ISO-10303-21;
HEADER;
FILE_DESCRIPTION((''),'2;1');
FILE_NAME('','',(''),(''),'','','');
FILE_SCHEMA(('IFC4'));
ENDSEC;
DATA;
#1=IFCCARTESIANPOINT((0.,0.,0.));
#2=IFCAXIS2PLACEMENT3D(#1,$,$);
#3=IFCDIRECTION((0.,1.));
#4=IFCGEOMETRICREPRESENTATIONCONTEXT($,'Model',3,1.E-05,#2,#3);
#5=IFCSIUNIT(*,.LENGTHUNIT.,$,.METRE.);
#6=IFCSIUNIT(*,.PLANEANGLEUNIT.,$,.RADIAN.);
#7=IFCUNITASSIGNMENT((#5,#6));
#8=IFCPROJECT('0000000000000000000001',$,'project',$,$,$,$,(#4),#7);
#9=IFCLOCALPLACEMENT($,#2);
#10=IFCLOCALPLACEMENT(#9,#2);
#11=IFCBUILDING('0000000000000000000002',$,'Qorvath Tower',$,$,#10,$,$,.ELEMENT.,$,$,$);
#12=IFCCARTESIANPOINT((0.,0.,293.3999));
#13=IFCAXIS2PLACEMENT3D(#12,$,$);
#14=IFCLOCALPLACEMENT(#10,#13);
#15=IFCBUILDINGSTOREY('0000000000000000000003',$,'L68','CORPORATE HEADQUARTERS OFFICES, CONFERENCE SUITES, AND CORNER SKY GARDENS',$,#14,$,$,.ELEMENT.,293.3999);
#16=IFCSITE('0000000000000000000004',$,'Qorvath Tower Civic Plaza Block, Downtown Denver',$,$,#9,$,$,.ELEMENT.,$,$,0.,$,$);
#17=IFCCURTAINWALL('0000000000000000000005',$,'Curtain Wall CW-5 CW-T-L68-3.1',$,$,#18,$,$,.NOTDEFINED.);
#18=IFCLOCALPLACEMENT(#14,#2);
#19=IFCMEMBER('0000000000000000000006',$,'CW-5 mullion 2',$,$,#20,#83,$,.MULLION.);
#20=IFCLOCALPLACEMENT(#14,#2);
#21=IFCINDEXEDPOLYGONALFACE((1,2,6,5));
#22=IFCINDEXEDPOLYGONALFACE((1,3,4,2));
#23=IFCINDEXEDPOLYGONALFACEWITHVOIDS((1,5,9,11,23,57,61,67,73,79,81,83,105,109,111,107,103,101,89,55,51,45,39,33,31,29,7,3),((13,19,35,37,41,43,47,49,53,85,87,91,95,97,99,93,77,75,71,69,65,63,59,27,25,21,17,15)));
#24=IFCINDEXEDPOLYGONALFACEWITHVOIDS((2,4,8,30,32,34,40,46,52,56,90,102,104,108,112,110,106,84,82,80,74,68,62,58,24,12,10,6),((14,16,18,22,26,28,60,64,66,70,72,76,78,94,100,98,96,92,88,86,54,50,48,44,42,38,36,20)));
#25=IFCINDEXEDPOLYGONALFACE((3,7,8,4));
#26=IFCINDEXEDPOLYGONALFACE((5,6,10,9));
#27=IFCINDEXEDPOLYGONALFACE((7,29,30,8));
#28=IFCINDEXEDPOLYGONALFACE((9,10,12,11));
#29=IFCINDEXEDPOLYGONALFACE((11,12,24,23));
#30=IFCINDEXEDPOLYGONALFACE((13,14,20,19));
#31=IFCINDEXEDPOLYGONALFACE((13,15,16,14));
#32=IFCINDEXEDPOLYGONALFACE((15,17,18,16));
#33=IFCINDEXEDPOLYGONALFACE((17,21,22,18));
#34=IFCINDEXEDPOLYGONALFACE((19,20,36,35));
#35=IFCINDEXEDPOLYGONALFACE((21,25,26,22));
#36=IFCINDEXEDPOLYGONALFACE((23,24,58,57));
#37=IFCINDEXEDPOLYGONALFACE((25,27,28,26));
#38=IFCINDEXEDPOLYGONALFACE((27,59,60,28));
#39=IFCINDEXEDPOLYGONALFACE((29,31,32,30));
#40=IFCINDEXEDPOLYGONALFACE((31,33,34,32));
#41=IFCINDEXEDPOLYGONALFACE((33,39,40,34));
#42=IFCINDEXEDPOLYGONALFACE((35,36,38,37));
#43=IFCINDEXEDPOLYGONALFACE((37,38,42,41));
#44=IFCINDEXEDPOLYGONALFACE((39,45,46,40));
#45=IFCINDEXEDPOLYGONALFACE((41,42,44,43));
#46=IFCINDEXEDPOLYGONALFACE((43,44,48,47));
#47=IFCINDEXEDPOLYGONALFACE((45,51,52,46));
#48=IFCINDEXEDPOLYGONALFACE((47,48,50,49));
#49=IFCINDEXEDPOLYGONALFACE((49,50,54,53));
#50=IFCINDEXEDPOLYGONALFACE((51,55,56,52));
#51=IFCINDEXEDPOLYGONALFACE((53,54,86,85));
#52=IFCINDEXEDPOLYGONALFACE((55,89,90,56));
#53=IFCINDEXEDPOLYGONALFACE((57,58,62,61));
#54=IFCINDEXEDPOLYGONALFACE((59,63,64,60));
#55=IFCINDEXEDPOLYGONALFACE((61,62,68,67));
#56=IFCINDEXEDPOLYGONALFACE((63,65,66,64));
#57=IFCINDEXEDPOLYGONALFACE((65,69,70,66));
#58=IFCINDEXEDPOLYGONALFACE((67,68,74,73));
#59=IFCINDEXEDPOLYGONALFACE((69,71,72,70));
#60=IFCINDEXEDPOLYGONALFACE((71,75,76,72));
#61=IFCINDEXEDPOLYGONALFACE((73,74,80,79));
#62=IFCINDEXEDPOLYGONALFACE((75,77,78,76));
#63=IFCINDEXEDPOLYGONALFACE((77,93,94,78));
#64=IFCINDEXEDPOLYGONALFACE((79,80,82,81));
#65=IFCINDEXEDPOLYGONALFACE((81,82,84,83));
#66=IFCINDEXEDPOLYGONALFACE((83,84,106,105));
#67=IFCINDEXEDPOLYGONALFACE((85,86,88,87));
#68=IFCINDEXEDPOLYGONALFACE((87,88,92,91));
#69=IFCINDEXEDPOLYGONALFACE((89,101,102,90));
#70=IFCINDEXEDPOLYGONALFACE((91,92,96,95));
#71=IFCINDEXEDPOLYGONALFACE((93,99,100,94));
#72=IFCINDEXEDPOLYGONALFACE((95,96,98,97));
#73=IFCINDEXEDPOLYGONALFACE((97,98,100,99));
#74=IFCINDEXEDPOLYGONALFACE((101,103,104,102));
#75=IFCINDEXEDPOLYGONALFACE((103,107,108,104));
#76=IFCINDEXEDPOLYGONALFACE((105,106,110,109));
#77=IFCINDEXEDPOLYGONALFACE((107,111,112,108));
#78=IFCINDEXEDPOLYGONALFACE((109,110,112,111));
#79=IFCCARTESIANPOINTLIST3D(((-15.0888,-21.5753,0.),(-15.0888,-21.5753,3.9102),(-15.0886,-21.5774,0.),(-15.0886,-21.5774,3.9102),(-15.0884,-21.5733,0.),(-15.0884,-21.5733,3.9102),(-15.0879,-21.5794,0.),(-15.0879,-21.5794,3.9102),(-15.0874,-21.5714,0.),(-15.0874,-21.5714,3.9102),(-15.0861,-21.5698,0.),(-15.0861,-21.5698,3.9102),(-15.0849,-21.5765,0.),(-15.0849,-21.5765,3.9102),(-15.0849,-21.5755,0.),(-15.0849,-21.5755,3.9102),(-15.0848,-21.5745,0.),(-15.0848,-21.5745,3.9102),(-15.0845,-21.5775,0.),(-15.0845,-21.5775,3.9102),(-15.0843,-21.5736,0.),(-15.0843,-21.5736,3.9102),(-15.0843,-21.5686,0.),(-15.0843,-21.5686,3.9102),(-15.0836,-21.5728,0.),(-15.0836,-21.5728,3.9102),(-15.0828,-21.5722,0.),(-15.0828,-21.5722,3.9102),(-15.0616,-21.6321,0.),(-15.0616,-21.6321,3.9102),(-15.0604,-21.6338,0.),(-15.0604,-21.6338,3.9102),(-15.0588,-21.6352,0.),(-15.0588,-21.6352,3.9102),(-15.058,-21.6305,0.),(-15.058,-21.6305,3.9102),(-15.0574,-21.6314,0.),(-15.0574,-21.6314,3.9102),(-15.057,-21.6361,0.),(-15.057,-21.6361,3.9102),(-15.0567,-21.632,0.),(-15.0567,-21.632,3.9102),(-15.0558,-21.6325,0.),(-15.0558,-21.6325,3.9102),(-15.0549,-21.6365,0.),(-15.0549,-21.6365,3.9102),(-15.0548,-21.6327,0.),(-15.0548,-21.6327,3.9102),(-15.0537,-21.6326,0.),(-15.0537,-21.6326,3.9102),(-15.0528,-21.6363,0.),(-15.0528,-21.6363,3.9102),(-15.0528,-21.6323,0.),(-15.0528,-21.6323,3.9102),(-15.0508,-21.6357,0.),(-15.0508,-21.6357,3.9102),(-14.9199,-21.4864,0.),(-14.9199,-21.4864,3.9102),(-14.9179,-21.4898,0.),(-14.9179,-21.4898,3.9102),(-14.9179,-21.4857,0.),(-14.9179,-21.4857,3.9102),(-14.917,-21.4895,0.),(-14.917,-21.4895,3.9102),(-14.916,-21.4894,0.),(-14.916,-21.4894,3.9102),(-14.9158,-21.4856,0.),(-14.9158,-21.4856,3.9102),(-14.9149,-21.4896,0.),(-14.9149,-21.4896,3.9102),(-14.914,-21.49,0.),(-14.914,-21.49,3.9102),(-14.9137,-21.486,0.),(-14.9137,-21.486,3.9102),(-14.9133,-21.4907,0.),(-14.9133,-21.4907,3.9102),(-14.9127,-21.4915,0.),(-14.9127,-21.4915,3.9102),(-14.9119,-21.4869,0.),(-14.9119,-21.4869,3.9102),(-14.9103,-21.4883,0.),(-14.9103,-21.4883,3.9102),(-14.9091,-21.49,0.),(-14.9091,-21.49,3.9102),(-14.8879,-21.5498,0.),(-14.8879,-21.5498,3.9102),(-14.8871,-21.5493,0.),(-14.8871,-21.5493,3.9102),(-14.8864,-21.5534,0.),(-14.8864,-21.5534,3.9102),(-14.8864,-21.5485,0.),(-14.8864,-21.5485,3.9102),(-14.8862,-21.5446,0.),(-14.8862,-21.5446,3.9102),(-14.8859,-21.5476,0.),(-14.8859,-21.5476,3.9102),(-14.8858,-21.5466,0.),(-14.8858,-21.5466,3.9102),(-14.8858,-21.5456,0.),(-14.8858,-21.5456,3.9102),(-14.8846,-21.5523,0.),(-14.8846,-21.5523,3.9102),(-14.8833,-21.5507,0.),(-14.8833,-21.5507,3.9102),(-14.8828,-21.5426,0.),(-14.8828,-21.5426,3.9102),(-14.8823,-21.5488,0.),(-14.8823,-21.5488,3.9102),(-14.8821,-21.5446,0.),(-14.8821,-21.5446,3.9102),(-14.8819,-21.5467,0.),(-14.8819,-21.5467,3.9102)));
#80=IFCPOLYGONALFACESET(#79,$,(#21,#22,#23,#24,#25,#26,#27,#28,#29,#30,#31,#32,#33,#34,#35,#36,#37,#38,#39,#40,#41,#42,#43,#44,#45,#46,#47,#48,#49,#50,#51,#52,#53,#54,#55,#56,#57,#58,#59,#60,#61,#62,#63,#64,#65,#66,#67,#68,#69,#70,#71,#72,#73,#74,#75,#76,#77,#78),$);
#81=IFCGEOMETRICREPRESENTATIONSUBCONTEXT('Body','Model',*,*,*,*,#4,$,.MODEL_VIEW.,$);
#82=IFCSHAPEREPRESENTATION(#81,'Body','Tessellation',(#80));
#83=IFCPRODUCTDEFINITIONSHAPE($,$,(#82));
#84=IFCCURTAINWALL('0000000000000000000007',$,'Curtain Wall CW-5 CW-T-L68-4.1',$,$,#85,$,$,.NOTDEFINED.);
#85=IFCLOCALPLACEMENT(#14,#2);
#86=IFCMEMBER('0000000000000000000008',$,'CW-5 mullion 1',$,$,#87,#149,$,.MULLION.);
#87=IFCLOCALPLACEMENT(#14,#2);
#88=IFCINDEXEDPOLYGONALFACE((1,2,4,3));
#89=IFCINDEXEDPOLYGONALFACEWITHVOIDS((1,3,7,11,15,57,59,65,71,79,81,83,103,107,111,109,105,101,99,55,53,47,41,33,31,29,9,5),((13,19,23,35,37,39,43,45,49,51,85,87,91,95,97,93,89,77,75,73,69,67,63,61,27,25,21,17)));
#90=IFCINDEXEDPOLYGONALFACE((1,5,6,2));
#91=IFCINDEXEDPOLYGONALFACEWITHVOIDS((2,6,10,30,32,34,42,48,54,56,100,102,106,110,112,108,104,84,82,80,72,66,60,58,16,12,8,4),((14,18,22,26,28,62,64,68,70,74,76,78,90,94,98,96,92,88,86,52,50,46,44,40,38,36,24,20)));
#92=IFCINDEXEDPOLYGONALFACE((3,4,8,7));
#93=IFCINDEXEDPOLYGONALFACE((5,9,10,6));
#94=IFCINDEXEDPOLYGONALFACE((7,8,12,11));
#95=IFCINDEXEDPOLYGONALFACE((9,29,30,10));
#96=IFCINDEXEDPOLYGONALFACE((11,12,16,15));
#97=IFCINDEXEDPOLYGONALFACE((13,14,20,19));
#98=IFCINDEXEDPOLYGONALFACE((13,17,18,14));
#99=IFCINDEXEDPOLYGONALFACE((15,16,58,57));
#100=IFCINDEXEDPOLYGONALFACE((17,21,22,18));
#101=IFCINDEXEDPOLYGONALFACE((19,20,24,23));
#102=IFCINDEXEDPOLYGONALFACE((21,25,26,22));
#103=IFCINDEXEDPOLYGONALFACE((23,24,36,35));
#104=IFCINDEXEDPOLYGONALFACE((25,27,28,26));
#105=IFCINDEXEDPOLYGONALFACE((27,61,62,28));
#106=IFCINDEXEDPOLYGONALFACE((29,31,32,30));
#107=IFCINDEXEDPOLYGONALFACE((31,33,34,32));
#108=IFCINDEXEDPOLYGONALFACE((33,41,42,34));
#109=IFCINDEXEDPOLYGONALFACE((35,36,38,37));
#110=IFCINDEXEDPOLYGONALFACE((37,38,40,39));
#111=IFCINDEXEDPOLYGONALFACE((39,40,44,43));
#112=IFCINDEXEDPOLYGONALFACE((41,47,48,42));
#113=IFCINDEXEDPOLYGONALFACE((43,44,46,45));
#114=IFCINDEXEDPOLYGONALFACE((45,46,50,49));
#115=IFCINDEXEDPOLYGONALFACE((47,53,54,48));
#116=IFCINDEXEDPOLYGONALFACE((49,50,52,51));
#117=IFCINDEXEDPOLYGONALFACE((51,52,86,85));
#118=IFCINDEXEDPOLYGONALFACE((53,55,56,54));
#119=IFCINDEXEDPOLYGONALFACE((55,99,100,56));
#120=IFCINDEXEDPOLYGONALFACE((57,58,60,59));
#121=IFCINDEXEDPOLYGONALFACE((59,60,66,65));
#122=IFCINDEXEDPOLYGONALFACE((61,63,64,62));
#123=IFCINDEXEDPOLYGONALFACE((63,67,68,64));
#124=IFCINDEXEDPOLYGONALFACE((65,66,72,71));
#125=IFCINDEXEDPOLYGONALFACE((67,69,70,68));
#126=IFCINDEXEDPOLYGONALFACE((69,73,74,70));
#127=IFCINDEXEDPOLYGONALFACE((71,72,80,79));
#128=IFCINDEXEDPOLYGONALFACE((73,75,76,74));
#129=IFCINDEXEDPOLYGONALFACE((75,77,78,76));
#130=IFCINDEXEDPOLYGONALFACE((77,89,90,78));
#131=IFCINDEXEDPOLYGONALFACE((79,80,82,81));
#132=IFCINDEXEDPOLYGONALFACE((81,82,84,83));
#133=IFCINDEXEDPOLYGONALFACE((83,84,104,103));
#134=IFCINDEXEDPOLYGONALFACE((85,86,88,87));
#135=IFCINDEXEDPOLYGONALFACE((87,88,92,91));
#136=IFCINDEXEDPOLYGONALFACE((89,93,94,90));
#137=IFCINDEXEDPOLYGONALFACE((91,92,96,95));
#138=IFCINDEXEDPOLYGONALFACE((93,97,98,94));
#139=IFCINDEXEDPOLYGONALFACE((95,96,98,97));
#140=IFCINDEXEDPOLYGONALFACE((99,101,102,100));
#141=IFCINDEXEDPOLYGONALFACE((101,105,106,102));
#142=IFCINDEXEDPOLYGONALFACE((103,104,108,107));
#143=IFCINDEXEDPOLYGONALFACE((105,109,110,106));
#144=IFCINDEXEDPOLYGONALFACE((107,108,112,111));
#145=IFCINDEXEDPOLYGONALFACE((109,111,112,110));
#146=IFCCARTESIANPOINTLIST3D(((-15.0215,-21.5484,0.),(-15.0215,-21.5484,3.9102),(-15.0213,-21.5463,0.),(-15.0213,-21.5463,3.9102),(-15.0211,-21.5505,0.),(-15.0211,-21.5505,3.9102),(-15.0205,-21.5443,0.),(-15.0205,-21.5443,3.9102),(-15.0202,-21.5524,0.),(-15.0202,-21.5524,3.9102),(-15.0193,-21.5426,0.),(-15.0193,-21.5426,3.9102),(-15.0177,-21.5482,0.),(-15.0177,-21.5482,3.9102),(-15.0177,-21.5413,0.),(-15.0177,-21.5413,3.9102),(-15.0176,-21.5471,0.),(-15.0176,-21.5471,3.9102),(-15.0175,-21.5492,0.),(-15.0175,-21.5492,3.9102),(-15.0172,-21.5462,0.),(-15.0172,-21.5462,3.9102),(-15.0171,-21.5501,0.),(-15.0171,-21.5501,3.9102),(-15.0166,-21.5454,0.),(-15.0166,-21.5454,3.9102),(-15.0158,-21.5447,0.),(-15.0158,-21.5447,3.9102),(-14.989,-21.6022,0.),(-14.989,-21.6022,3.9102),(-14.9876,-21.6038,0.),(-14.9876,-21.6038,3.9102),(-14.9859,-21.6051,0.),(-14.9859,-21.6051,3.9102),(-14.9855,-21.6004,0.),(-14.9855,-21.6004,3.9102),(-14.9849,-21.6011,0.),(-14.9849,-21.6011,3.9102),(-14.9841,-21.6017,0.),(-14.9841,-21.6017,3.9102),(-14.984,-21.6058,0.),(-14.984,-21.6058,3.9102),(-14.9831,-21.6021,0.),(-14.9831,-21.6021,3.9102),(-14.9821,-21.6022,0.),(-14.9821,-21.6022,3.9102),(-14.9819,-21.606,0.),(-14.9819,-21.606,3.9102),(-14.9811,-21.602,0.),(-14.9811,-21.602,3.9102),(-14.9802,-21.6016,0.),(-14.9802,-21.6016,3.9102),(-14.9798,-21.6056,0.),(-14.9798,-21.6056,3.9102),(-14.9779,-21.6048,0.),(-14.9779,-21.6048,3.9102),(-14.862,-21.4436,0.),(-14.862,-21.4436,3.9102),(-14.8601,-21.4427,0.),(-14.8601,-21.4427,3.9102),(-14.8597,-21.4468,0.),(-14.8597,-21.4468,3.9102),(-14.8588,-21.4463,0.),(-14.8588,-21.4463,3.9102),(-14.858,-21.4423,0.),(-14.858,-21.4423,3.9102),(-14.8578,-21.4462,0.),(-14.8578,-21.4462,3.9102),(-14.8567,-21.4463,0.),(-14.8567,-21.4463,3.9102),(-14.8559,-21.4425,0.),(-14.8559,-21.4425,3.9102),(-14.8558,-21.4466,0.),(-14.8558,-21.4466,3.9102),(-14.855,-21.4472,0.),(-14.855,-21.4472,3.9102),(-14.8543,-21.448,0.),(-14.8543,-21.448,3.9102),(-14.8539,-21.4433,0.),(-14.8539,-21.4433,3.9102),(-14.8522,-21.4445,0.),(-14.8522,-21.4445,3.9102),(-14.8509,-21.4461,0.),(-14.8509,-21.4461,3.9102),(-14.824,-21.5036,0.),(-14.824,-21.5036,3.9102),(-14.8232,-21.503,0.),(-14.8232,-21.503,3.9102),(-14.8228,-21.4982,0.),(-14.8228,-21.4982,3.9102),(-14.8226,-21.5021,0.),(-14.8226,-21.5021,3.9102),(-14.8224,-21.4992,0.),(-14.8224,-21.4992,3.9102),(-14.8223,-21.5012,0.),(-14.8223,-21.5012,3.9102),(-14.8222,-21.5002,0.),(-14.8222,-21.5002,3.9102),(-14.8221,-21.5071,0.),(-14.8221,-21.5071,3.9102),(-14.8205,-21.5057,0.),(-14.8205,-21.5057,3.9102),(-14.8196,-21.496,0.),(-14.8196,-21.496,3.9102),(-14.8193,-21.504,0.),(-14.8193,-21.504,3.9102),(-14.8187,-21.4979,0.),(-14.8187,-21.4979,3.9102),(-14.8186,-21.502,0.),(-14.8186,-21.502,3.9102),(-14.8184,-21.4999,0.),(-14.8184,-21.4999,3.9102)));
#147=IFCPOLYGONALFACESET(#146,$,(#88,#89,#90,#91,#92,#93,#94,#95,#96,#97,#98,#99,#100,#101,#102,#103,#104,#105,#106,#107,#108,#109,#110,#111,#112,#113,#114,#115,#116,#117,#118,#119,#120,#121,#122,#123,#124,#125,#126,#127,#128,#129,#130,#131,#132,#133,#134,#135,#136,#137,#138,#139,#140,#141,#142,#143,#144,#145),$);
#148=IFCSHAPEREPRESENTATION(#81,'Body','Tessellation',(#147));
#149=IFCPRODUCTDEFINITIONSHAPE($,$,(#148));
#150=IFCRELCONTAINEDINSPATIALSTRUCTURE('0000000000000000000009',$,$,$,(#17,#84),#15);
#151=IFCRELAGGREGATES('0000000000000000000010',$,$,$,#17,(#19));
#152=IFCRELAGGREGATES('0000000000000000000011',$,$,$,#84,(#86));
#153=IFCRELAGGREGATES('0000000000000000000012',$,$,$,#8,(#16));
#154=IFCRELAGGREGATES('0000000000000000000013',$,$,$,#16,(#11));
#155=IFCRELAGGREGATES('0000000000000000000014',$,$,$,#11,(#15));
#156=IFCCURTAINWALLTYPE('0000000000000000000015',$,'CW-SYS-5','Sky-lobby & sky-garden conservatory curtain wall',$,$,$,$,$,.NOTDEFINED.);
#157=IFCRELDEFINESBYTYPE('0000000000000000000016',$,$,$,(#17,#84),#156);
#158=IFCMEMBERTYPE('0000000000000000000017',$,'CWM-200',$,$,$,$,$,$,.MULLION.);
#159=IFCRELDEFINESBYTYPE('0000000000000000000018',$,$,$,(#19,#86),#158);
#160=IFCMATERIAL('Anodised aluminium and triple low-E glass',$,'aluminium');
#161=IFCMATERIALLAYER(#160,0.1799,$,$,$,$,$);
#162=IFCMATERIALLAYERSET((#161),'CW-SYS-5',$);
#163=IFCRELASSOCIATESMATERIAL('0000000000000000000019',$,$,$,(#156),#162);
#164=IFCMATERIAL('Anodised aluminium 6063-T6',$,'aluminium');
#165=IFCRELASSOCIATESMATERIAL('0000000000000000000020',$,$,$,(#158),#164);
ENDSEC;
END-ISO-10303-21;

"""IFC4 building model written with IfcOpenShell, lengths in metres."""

from ifc_helpers import new_model, si_unit, direction, frame, origin, origin_2d, place, context, subcontext, project, spatial, hollow_rectangle, extrude, material, layer, layer_set, material_profile, profile_set, type_object, element, aggregate, save


model = new_model("IFC4")

# Units and contexts
model_context = context("Model", 3, precision=1e-05, world=origin(), true_north=direction((0.0, 1.0)))
body_context = subcontext(model_context, "Body", "Model", "MODEL_VIEW")
ifc_project = project(units=[si_unit("LENGTHUNIT", "METRE"), si_unit("PLANEANGLEUNIT", "RADIAN")], contexts=[model_context])

# Site, building, storey
site_placement = place(None, origin())
site = spatial("IfcSite", under=ifc_project, at=site_placement, Name="Qorvath Tower Civic Plaza Block, Downtown Denver", CompositionType="ELEMENT", RefElevation=0.0)
building_placement = place(site_placement, origin())
building = spatial("IfcBuilding", under=site, at=building_placement, Name="Qorvath Tower", CompositionType="ELEMENT")
storey_placement = place(building_placement, frame((0.0, 0.0, 293.3999)))
storey = spatial("IfcBuildingStorey", under=building, at=storey_placement, Name="L68", Description="CORPORATE HEADQUARTERS OFFICES, CONFERENCE SUITES, AND CORNER SKY GARDENS", CompositionType="ELEMENT", Elevation=293.3999)

# Curtain wall, member
ifc_material_1 = material(Name="Anodised aluminium and triple low-E glass", Category="aluminium")
ifc_layer_1 = layer(ifc_material_1, 0.1799)
ifc_layer_set_1 = layer_set([ifc_layer_1], Name="CW-SYS-5")
curtain_wall_type = type_object("IfcCurtainWallType", Name="CW-SYS-5", Description="Sky-lobby & sky-garden conservatory curtain wall", PredefinedType="NOTDEFINED", material=ifc_layer_set_1)
curtain_wall_1_placement = place(storey_placement, origin())
curtain_wall_1 = element("IfcCurtainWall", 1, at=curtain_wall_1_placement, inside=storey, type_object=curtain_wall_type, Name="Curtain Wall CW-5 CW-T-L68-3.1", PredefinedType="NOTDEFINED")
ifc_material_2 = material(Name="Anodised aluminium 6063-T6", Category="aluminium")
ifc_material_profile_1 = material_profile(ifc_material_2, hollow_rectangle(XDim=0.075, YDim=0.2, WallThickness=0.0039, InnerFilletRadius=0.0039, OuterFilletRadius=0.0081, at=origin_2d()), Name="CWM 200x75")
ifc_profile_set_1 = profile_set([ifc_material_profile_1], Name="Anodised aluminium 6063-T6")
member_type_1 = type_object("IfcMemberType", Name="CWM-200", PredefinedType="MULLION", material=ifc_profile_set_1)
member_1_placement = place(storey_placement, frame((-14.9854, -21.561, 0.0), z_axis=(0.0, 0.0, 1.0), x_axis=(-0.447214, 0.894427, 0.0)))
member_1 = element("IfcMember", 2, at=member_1_placement, type_object=member_type_1, Name="CW-5 mullion 2", PredefinedType="MULLION", context=body_context, shape_type="SweptSolid", body=[
    extrude(hollow_rectangle(XDim=0.075, YDim=0.2, WallThickness=0.0039, InnerFilletRadius=0.0039, OuterFilletRadius=0.0081, at=origin_2d()), origin(), (0.0, 0.0, 1.0), 3.9102),
])
aggregate(curtain_wall_1, [member_1])

# Curtain wall, member
curtain_wall_2_placement = place(storey_placement, origin())
curtain_wall_2 = element("IfcCurtainWall", 3, at=curtain_wall_2_placement, inside=storey, type_object=curtain_wall_type, Name="Curtain Wall CW-5 CW-T-L68-4.1", PredefinedType="NOTDEFINED")
member_2_placement = place(storey_placement, frame((-14.9199, -21.5242, 0.0), z_axis=(0.0, 0.0, 1.0), x_axis=(-0.531429, 0.847103, 0.0)))
member_2 = element("IfcMember", 4, at=member_2_placement, type_object=member_type_1, Name="CW-5 mullion 1", PredefinedType="MULLION", context=body_context, shape_type="SweptSolid", body=[
    extrude(hollow_rectangle(XDim=0.075, YDim=0.2, WallThickness=0.0039, InnerFilletRadius=0.0039, OuterFilletRadius=0.0081, at=origin_2d()), origin(), (0.0, 0.0, 1.0), 3.9102),
])

aggregate(curtain_wall_2, [member_2])

save(model, "model.ifc")
